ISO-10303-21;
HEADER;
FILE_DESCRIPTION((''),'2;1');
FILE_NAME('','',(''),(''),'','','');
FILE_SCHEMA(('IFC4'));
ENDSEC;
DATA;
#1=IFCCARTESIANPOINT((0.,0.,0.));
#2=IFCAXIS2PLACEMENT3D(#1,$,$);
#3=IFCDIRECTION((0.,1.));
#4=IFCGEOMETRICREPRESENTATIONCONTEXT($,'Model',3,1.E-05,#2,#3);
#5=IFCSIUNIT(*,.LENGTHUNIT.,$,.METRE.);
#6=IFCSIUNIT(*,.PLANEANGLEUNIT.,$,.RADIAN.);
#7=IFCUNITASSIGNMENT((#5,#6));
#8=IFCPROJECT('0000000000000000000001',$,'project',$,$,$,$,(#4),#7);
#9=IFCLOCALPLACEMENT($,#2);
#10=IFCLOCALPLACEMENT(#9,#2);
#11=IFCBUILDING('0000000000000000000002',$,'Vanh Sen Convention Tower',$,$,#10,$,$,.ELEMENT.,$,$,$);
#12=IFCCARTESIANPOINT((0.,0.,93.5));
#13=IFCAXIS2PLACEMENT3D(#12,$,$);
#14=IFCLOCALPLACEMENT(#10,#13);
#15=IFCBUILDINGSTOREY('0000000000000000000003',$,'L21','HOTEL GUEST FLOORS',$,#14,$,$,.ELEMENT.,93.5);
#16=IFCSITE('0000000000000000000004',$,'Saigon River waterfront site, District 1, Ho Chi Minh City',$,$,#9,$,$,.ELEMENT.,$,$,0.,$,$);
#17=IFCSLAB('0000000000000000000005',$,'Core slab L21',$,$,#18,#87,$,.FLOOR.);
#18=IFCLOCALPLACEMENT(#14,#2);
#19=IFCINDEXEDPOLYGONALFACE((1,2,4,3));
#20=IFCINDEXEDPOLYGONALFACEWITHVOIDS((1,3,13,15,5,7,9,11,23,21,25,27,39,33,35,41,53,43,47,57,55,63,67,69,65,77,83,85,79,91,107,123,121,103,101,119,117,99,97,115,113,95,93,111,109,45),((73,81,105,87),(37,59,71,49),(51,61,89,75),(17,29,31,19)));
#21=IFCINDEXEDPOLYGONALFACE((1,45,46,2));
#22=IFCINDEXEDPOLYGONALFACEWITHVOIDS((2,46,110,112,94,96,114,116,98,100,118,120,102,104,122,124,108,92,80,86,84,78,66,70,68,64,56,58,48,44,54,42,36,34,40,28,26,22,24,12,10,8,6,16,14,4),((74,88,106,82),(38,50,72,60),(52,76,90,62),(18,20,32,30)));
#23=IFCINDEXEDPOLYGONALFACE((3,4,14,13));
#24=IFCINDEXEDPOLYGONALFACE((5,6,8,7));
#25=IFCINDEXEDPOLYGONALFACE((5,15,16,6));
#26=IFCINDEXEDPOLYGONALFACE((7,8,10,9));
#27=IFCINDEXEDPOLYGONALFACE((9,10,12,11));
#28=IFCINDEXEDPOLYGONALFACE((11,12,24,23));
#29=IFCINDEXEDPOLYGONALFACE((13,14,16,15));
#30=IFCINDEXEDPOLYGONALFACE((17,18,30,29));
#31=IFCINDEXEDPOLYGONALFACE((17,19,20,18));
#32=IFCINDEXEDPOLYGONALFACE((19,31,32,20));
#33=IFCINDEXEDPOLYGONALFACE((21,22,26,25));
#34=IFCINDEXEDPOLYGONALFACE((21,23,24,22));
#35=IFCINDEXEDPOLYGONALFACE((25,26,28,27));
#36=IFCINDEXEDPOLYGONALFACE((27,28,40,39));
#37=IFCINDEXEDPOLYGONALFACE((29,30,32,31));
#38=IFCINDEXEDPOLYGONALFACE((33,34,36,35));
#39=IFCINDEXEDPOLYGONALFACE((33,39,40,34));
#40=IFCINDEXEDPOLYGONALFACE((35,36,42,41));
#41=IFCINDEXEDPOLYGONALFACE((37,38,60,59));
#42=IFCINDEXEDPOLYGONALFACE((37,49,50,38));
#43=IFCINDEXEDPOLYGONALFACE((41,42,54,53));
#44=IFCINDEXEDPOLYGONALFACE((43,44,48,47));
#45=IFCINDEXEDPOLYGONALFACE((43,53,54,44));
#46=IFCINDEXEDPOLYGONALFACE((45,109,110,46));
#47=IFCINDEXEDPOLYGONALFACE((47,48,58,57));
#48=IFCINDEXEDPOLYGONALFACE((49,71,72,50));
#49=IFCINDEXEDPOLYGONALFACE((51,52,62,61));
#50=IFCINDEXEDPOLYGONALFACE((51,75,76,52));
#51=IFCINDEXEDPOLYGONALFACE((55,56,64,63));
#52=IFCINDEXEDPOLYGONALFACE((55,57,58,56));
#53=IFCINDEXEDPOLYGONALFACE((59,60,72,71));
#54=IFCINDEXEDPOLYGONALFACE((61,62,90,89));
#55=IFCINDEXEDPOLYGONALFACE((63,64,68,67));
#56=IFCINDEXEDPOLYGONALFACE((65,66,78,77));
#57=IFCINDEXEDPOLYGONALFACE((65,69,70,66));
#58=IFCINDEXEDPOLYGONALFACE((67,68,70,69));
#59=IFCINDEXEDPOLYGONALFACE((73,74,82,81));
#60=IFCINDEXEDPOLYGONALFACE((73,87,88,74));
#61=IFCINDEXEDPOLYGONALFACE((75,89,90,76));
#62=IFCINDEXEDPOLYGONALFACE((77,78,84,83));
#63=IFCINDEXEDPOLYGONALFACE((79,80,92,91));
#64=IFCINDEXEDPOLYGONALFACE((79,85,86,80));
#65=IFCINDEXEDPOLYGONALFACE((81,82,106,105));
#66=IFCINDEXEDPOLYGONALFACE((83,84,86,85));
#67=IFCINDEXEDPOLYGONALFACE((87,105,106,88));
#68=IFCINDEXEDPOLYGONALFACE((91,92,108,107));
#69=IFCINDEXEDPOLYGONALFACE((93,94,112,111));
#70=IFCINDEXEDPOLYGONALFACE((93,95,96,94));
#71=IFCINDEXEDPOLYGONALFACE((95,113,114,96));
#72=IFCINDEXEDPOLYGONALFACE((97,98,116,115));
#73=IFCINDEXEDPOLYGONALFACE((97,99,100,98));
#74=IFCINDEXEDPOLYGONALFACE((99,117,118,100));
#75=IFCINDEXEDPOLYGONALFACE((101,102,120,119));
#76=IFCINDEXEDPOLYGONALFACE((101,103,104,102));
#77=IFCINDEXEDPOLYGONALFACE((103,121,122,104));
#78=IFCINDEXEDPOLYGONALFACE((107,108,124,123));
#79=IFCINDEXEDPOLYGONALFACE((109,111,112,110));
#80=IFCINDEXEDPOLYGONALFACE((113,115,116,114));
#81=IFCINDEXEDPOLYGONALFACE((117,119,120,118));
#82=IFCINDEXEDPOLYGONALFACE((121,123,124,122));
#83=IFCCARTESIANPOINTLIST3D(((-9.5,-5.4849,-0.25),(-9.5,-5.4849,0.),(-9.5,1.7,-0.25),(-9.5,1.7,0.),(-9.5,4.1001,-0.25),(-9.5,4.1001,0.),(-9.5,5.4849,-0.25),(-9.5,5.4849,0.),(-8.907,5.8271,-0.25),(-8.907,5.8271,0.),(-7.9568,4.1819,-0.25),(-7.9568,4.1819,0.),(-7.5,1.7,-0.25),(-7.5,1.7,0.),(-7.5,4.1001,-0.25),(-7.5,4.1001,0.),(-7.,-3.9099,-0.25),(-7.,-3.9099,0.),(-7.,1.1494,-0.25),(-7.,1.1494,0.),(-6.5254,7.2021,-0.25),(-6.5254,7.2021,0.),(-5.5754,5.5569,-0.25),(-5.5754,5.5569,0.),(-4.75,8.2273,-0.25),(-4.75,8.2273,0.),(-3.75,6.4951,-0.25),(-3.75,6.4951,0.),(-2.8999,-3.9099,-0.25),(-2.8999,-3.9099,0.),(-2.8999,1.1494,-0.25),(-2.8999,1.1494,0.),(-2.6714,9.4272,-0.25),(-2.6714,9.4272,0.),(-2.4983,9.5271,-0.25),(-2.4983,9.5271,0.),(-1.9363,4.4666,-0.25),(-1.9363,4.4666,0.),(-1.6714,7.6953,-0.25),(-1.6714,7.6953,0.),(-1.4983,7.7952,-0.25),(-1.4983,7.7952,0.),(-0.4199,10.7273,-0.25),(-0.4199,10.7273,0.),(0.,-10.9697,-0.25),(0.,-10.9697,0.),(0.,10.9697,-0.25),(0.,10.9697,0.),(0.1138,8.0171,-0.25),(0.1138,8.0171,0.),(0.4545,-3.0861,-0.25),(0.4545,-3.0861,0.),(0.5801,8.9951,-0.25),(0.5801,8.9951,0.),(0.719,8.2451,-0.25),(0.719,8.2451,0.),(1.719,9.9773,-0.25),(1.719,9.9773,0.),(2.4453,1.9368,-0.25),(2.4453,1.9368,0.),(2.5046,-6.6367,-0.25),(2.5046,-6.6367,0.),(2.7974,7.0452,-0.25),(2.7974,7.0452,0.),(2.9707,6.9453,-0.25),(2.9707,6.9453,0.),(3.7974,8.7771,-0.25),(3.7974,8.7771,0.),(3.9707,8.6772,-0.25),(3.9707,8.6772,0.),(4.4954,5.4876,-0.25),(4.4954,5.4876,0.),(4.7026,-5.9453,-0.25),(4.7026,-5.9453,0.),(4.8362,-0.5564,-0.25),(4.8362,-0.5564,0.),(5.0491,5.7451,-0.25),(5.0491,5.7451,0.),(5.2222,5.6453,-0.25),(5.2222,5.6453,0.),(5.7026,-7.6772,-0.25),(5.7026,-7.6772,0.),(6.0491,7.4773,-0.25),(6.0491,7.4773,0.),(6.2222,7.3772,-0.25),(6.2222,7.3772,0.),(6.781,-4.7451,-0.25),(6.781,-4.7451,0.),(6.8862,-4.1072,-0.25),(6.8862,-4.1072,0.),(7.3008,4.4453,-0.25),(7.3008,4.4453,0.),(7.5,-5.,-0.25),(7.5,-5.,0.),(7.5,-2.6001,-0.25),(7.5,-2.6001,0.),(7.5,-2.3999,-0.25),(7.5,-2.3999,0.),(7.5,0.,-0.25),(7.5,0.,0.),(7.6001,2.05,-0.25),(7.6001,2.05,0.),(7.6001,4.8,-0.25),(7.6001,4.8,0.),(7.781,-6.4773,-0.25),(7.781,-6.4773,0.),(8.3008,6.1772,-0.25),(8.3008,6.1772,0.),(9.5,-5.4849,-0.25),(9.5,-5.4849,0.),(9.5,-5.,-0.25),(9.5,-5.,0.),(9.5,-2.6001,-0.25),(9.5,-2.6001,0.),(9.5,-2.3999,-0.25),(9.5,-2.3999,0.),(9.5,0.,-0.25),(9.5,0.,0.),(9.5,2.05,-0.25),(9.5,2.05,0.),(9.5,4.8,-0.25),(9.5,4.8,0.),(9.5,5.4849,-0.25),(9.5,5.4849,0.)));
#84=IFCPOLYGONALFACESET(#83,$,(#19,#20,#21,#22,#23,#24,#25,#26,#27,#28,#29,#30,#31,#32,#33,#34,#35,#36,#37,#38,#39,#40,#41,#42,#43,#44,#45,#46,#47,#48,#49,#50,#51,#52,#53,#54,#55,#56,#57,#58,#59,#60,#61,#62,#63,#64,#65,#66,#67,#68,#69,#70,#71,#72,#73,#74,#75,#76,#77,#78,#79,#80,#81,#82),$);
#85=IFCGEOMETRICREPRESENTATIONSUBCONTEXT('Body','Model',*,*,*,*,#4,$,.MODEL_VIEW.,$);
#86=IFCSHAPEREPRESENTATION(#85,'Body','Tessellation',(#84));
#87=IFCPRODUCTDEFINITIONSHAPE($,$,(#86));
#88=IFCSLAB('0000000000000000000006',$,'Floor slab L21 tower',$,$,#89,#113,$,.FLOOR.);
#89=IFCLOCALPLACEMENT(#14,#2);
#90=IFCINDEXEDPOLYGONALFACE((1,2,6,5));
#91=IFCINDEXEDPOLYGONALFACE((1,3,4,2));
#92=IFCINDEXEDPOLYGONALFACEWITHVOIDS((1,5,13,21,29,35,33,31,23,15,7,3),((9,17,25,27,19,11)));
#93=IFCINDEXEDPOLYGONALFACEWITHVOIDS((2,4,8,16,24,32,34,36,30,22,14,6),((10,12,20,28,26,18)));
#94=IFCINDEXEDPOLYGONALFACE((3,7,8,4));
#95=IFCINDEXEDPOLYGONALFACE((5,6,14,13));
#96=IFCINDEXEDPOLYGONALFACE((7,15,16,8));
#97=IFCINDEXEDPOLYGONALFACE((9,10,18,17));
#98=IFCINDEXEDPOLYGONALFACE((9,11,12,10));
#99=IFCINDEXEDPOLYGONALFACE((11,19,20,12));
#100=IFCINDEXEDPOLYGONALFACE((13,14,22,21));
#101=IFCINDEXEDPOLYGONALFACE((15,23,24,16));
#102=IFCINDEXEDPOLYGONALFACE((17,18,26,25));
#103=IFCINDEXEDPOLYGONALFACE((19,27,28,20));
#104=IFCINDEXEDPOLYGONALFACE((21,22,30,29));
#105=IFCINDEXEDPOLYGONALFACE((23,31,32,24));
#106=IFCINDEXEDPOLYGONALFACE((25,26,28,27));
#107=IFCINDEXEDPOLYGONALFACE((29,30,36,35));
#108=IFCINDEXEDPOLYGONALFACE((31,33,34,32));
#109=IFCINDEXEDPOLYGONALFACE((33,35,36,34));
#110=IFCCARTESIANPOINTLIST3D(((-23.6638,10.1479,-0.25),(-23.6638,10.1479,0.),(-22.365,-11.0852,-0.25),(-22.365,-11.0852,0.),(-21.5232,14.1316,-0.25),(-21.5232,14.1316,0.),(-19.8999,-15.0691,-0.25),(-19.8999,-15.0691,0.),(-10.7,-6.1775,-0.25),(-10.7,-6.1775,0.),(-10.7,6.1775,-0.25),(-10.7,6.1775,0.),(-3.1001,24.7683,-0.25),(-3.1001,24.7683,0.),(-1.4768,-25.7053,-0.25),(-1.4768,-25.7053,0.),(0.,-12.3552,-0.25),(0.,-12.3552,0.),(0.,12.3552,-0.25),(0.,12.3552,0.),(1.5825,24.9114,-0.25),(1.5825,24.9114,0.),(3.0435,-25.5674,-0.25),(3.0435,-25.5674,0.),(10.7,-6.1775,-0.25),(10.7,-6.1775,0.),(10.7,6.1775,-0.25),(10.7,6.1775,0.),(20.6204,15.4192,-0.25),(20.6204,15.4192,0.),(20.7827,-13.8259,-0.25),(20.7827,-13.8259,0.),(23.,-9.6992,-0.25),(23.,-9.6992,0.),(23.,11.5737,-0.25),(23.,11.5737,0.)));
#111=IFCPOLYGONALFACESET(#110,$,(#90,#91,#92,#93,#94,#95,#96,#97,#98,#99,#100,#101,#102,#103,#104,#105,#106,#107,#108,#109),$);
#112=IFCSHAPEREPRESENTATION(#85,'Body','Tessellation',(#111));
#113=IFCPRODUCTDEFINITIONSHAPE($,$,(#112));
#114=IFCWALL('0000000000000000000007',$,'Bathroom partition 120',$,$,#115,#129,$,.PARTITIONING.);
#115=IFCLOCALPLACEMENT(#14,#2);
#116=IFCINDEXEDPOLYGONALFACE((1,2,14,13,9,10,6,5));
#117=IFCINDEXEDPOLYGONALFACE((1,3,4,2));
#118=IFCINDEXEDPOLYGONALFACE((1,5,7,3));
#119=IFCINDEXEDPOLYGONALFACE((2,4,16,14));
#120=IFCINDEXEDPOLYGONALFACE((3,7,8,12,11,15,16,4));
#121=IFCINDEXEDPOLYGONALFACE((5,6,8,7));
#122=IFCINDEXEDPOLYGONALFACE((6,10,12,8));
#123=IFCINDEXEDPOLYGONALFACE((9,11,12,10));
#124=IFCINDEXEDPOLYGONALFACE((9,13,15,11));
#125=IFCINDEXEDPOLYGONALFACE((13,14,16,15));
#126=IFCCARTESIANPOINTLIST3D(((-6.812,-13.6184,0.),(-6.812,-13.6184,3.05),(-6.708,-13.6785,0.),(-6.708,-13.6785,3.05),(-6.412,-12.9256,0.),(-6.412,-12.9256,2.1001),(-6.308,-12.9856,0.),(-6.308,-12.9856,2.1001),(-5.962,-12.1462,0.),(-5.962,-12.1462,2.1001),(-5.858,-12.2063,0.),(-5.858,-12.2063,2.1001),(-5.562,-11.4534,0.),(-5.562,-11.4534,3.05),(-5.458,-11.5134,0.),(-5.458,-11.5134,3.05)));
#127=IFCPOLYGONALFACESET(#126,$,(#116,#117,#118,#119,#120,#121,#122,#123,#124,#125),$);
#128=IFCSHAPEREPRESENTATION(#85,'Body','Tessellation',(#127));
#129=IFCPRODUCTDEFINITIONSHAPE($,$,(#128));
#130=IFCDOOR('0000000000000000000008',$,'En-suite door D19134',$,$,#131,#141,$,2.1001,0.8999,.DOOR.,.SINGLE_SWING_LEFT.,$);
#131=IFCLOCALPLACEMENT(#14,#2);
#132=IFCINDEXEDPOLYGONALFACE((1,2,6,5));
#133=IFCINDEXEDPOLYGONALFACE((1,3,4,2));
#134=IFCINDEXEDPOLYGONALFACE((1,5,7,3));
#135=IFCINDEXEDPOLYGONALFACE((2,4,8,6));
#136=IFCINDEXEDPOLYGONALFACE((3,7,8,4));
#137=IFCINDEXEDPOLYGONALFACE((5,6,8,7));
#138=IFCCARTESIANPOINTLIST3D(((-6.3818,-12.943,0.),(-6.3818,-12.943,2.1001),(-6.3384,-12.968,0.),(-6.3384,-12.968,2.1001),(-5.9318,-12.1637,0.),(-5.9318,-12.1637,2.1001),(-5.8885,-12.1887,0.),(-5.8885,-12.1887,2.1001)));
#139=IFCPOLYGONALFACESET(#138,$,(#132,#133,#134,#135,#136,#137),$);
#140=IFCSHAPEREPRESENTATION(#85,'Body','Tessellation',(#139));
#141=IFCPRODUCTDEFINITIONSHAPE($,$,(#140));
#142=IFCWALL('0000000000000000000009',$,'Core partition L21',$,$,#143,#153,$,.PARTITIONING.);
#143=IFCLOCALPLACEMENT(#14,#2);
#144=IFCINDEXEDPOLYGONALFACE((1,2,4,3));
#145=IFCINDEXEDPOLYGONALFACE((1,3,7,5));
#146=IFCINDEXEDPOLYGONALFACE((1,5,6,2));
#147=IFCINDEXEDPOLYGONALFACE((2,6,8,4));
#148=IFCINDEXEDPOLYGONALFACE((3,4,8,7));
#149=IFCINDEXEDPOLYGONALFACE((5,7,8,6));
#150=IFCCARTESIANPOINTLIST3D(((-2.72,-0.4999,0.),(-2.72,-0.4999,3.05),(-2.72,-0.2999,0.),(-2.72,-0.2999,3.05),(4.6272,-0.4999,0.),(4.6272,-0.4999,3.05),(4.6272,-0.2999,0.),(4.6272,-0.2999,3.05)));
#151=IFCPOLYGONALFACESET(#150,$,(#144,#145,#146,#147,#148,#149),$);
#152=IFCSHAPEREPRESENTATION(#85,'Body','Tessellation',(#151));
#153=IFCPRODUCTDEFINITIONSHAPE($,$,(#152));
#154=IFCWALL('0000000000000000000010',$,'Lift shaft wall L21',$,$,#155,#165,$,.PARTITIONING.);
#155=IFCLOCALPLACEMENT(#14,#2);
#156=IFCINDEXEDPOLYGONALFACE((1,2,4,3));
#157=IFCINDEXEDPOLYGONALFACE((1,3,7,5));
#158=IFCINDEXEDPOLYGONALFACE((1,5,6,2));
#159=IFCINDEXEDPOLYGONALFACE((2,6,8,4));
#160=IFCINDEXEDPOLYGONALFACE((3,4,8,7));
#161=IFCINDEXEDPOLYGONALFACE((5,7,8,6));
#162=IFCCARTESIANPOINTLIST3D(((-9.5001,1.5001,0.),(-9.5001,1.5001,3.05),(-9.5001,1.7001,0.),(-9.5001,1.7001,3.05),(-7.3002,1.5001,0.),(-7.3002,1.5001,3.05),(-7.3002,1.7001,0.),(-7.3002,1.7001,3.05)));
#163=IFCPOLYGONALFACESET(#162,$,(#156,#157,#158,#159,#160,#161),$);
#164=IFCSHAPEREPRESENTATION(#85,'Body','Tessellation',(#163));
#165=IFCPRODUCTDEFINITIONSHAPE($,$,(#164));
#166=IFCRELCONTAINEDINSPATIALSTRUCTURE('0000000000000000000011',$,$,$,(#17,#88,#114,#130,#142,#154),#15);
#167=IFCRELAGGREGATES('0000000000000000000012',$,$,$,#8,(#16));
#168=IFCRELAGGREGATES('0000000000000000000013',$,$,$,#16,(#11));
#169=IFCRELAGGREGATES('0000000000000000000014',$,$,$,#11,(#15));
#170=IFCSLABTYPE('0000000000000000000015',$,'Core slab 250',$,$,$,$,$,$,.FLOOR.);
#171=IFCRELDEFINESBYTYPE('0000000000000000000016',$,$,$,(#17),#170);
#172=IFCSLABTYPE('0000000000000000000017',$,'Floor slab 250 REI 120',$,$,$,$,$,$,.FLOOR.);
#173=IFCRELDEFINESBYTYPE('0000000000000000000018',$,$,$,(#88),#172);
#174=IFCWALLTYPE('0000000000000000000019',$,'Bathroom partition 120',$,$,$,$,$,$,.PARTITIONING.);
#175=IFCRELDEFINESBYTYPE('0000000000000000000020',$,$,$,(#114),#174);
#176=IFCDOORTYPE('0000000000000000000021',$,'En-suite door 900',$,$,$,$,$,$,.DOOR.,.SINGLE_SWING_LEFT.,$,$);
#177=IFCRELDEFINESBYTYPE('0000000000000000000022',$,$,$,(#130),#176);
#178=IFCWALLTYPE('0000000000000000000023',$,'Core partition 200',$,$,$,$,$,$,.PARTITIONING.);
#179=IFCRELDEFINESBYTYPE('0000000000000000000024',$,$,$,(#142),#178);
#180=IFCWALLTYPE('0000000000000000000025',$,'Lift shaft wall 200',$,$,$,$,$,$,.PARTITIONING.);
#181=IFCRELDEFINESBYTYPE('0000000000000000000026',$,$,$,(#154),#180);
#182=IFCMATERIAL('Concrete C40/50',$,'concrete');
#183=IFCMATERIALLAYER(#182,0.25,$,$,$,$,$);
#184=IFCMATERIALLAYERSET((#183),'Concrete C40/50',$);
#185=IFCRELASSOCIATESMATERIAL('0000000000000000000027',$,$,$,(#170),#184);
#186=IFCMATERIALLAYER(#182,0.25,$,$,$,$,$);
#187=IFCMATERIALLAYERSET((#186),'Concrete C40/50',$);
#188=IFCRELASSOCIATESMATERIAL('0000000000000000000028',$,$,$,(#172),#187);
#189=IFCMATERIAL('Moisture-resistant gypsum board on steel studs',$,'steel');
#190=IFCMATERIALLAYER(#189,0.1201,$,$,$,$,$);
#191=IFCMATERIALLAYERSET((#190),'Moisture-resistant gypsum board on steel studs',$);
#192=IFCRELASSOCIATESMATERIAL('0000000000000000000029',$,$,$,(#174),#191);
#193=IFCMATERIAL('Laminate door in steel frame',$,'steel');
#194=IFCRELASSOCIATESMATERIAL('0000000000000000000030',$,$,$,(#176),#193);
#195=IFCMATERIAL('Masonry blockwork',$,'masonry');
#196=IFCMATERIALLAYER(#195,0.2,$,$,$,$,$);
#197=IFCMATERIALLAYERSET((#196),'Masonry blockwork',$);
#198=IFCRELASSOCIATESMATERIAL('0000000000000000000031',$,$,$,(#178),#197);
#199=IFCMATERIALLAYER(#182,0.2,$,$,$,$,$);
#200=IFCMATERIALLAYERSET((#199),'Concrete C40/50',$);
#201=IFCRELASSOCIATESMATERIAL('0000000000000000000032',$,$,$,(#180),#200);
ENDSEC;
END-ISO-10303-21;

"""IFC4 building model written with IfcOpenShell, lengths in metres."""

from ifc_helpers import new_model, si_unit, direction, frame, frame_2d, origin, place, context, subcontext, project, spatial, polyline, rectangle, outline, extrude, material, layer, layer_set, type_object, element, fill, save


model = new_model("IFC4")

# Units and contexts
model_context = context("Model", 3, precision=1e-05, world=origin(), true_north=direction((0.0, 1.0)))
body_context = subcontext(model_context, "Body", "Model", "MODEL_VIEW")
ifc_project = project(units=[si_unit("LENGTHUNIT", "METRE"), si_unit("PLANEANGLEUNIT", "RADIAN")], contexts=[model_context])

# Site, building, storey
site_placement = place(None, origin())
site = spatial("IfcSite", under=ifc_project, at=site_placement, Name="Saigon River waterfront site, District 1, Ho Chi Minh City", CompositionType="ELEMENT", RefElevation=0.0)
building_placement = place(site_placement, origin())
building = spatial("IfcBuilding", under=site, at=building_placement, Name="Vanh Sen Convention Tower", CompositionType="ELEMENT")
storey_placement = place(building_placement, frame((0.0, 0.0, 93.5)))
storey = spatial("IfcBuildingStorey", under=building, at=storey_placement, Name="L21", Description="HOTEL GUEST FLOORS", CompositionType="ELEMENT", Elevation=93.5)

# Slabs
ifc_material_1 = material(Name="Concrete C40/50", Category="concrete")
ifc_layer_1 = layer(ifc_material_1, 0.25)
ifc_layer_set_1 = layer_set([ifc_layer_1], Name="Concrete C40/50")
slab_type_1 = type_object("IfcSlabType", Name="Core slab 250", PredefinedType="FLOOR", material=ifc_layer_set_1)
slab_1_placement = place(storey_placement, frame((0.0, 0.0, -0.25)))
element("IfcSlab", 1, at=slab_1_placement, inside=storey, type_object=slab_type_1, Name="Core slab L21", PredefinedType="FLOOR", context=body_context, shape_type="SweptSolid", body=[
    extrude(outline(polyline([(9.5, 5.4849), (9.5, 4.8), (7.6001, 4.8), (7.6001, 2.05), (9.5, 2.05), (9.5, 0.0), (7.5, 0.0), (7.5, -2.3999), (9.5, -2.3999), (9.5, -2.6001), (7.5, -2.6001), (7.5, -5.0), (9.5, -5.0), (9.5, -5.4849), (0.0, -10.9697), (-9.5, -5.4849), (-9.5, 1.7), (-7.5, 1.7), (-7.5, 4.1001), (-9.5, 4.1001), (-9.5, 5.4849), (-8.907, 5.8271), (-7.9568, 4.1819), (-5.5754, 5.5569), (-6.5254, 7.2021), (-4.75, 8.2273), (-3.75, 6.4951), (-1.6714, 7.6953), (-2.6714, 9.4272), (-2.4983, 9.5271), (-1.4983, 7.7952), (0.5801, 8.9951), (-0.4199, 10.7273), (0.0, 10.9697), (1.719, 9.9773), (0.719, 8.2451), (2.7974, 7.0452), (3.7974, 8.7771), (3.9707, 8.6772), (2.9707, 6.9453), (5.0491, 5.7451), (6.0491, 7.4773), (6.2222, 7.3772), (5.2222, 5.6453), (7.3008, 4.4453), (8.3008, 6.1772), (9.5, 5.4849)]), holes=[polyline([(-7.0, 3.1499), (-7.0, -3.9099), (-2.8999, -3.9099), (-2.8999, 3.1499), (-2.8999, 1.1494), (-7.0, 1.1494), (-7.0, 3.1499)]), polyline([(4.4954, 5.4875), (6.228, 4.4873), (0.1138, 8.0171), (-1.9363, 4.4666), (2.4453, 1.9368), (4.4954, 5.4875)]), polyline([(7.781, -6.4773), (6.781, -4.7451), (4.7026, -5.9453), (5.7026, -7.6772), (7.781, -6.4773)]), polyline([(0.4546, -3.0862), (2.5046, -6.6367), (6.8862, -4.1072), (4.8362, -0.5564), (-1.2781, -4.0864), (0.4546, -3.0862)])]), origin(), (0.0, 0.0, 1.0), 0.25),
])
ifc_layer_2 = layer(ifc_material_1, 0.25)
ifc_layer_set_2 = layer_set([ifc_layer_2], Name="Concrete C40/50")
slab_type_2 = type_object("IfcSlabType", Name="Floor slab 250 REI 120", PredefinedType="FLOOR", material=ifc_layer_set_2)
slab_2_placement = place(storey_placement, frame((0.0, 0.0, -0.25)))
element("IfcSlab", 2, at=slab_2_placement, inside=storey, type_object=slab_type_2, Name="Floor slab L21 tower", PredefinedType="FLOOR", context=body_context, shape_type="SweptSolid", body=[
    extrude(outline(polyline([(23.0, -9.6992), (23.0, 11.5737), (20.6204, 15.4192), (1.5825, 24.9114), (-3.1001, 24.7683), (-21.5232, 14.1316), (-23.6638, 10.1479), (-22.365, -11.0852), (-19.8999, -15.0691), (-1.4768, -25.7053), (3.0435, -25.5674), (20.7827, -13.8259), (23.0, -9.6992)]), holes=[polyline([(0.0, 12.3552), (-10.7, 6.1775), (-10.7, -6.1775), (0.0, -12.3552), (10.7, -6.1775), (10.7, 6.1775), (0.0, 12.3552)])]), origin(), (0.0, 0.0, 1.0), 0.25),
])

# Wall, opening, door
ifc_material_2 = material(Name="Moisture-resistant gypsum board on steel studs", Category="steel")
ifc_layer_3 = layer(ifc_material_2, 0.1201)
ifc_layer_set_3 = layer_set([ifc_layer_3], Name="Moisture-resistant gypsum board on steel studs")
wall_type_1 = type_object("IfcWallType", Name="Bathroom partition 120", PredefinedType="PARTITIONING", material=ifc_layer_set_3)
wall_1_placement = place(storey_placement, frame((-5.51, -11.4834, 0.0), z_axis=(0.0, 0.0, 1.0), x_axis=(-0.500004, -0.866023, 0.0)))
wall_1 = element("IfcWall", 3, at=wall_1_placement, inside=storey, type_object=wall_type_1, Name="Bathroom partition 120", PredefinedType="PARTITIONING", context=body_context, shape_type="SweptSolid", body=[
    extrude(rectangle(XDim=2.5, YDim=0.1201, at=frame_2d((1.25, 0.0))), origin(), (0.0, 0.0, 1.0), 3.05),
])
opening_1_placement = place(wall_1_placement, frame((0.8, 0.0, 0.0)))
opening_1 = element("IfcOpeningElement", 4, at=opening_1_placement, cuts=wall_1, PredefinedType="OPENING", context=body_context, shape_type="SweptSolid", body=[
    extrude(rectangle(XDim=0.8999, YDim=2.1001, at=frame_2d((0.45, 1.05))), frame((0.0, 0.0701, 0.0), z_axis=(0.0, -1.0, 0.0), x_axis=(1.0, 0.0, 0.0)), (0.0, 0.0, 1.0), 0.1401),
])
ifc_material_3 = material(Name="Laminate door in steel frame", Category="steel")
door_type_1 = type_object("IfcDoorType", Name="En-suite door 900", OperationType="SINGLE_SWING_LEFT", PredefinedType="DOOR", material=ifc_material_3)
door_1_placement = place(opening_1_placement, origin())
door_1 = element("IfcDoor", 5, at=door_1_placement, inside=storey, type_object=door_type_1, Name="En-suite door D19134", OperationType="SINGLE_SWING_LEFT", OverallHeight=2.1001, OverallWidth=0.8999, PredefinedType="DOOR", context=body_context, shape_type="SweptSolid", body=[
    extrude(rectangle(XDim=0.8999, YDim=2.1001, at=frame_2d((0.45, 1.05))), frame((0.0, 0.0249, 0.0), z_axis=(0.0, -1.0, 0.0), x_axis=(1.0, 0.0, 0.0)), (0.0, 0.0, 1.0), 0.05),
])
fill(opening_1, door_1)

# Walls
ifc_material_4 = material(Name="Masonry blockwork", Category="masonry")
ifc_layer_4 = layer(ifc_material_4, 0.2)
ifc_layer_set_4 = layer_set([ifc_layer_4], Name="Masonry blockwork")
wall_type_2 = type_object("IfcWallType", Name="Core partition 200", PredefinedType="PARTITIONING", material=ifc_layer_set_4)
wall_2_placement = place(storey_placement, frame((-2.72, -0.3999, 0.0), z_axis=(0.0, 0.0, 1.0), x_axis=(1.0, 0.0, 0.0)))
element("IfcWall", 6, at=wall_2_placement, inside=storey, type_object=wall_type_2, Name="Core partition L21", PredefinedType="PARTITIONING", context=body_context, shape_type="SweptSolid", body=[
    extrude(rectangle(XDim=7.3472, YDim=0.2, at=frame_2d((3.6736, 0.0))), origin(), (0.0, 0.0, 1.0), 3.05),
])
ifc_layer_5 = layer(ifc_material_1, 0.2)
ifc_layer_set_5 = layer_set([ifc_layer_5], Name="Concrete C40/50")
wall_type_3 = type_object("IfcWallType", Name="Lift shaft wall 200", PredefinedType="PARTITIONING", material=ifc_layer_set_5)
wall_3_placement = place(storey_placement, frame((-7.3, 1.6001, 0.0), z_axis=(0.0, 0.0, 1.0), x_axis=(-1.0, 0.0, 0.0)))
element("IfcWall", 7, at=wall_3_placement, inside=storey, type_object=wall_type_3, Name="Lift shaft wall L21", PredefinedType="PARTITIONING", context=body_context, shape_type="SweptSolid", body=[
    extrude(rectangle(XDim=2.2, YDim=0.2, at=frame_2d((1.1001, 0.0))), origin(), (0.0, 0.0, 1.0), 3.05),
])

save(model, "model.ifc")
